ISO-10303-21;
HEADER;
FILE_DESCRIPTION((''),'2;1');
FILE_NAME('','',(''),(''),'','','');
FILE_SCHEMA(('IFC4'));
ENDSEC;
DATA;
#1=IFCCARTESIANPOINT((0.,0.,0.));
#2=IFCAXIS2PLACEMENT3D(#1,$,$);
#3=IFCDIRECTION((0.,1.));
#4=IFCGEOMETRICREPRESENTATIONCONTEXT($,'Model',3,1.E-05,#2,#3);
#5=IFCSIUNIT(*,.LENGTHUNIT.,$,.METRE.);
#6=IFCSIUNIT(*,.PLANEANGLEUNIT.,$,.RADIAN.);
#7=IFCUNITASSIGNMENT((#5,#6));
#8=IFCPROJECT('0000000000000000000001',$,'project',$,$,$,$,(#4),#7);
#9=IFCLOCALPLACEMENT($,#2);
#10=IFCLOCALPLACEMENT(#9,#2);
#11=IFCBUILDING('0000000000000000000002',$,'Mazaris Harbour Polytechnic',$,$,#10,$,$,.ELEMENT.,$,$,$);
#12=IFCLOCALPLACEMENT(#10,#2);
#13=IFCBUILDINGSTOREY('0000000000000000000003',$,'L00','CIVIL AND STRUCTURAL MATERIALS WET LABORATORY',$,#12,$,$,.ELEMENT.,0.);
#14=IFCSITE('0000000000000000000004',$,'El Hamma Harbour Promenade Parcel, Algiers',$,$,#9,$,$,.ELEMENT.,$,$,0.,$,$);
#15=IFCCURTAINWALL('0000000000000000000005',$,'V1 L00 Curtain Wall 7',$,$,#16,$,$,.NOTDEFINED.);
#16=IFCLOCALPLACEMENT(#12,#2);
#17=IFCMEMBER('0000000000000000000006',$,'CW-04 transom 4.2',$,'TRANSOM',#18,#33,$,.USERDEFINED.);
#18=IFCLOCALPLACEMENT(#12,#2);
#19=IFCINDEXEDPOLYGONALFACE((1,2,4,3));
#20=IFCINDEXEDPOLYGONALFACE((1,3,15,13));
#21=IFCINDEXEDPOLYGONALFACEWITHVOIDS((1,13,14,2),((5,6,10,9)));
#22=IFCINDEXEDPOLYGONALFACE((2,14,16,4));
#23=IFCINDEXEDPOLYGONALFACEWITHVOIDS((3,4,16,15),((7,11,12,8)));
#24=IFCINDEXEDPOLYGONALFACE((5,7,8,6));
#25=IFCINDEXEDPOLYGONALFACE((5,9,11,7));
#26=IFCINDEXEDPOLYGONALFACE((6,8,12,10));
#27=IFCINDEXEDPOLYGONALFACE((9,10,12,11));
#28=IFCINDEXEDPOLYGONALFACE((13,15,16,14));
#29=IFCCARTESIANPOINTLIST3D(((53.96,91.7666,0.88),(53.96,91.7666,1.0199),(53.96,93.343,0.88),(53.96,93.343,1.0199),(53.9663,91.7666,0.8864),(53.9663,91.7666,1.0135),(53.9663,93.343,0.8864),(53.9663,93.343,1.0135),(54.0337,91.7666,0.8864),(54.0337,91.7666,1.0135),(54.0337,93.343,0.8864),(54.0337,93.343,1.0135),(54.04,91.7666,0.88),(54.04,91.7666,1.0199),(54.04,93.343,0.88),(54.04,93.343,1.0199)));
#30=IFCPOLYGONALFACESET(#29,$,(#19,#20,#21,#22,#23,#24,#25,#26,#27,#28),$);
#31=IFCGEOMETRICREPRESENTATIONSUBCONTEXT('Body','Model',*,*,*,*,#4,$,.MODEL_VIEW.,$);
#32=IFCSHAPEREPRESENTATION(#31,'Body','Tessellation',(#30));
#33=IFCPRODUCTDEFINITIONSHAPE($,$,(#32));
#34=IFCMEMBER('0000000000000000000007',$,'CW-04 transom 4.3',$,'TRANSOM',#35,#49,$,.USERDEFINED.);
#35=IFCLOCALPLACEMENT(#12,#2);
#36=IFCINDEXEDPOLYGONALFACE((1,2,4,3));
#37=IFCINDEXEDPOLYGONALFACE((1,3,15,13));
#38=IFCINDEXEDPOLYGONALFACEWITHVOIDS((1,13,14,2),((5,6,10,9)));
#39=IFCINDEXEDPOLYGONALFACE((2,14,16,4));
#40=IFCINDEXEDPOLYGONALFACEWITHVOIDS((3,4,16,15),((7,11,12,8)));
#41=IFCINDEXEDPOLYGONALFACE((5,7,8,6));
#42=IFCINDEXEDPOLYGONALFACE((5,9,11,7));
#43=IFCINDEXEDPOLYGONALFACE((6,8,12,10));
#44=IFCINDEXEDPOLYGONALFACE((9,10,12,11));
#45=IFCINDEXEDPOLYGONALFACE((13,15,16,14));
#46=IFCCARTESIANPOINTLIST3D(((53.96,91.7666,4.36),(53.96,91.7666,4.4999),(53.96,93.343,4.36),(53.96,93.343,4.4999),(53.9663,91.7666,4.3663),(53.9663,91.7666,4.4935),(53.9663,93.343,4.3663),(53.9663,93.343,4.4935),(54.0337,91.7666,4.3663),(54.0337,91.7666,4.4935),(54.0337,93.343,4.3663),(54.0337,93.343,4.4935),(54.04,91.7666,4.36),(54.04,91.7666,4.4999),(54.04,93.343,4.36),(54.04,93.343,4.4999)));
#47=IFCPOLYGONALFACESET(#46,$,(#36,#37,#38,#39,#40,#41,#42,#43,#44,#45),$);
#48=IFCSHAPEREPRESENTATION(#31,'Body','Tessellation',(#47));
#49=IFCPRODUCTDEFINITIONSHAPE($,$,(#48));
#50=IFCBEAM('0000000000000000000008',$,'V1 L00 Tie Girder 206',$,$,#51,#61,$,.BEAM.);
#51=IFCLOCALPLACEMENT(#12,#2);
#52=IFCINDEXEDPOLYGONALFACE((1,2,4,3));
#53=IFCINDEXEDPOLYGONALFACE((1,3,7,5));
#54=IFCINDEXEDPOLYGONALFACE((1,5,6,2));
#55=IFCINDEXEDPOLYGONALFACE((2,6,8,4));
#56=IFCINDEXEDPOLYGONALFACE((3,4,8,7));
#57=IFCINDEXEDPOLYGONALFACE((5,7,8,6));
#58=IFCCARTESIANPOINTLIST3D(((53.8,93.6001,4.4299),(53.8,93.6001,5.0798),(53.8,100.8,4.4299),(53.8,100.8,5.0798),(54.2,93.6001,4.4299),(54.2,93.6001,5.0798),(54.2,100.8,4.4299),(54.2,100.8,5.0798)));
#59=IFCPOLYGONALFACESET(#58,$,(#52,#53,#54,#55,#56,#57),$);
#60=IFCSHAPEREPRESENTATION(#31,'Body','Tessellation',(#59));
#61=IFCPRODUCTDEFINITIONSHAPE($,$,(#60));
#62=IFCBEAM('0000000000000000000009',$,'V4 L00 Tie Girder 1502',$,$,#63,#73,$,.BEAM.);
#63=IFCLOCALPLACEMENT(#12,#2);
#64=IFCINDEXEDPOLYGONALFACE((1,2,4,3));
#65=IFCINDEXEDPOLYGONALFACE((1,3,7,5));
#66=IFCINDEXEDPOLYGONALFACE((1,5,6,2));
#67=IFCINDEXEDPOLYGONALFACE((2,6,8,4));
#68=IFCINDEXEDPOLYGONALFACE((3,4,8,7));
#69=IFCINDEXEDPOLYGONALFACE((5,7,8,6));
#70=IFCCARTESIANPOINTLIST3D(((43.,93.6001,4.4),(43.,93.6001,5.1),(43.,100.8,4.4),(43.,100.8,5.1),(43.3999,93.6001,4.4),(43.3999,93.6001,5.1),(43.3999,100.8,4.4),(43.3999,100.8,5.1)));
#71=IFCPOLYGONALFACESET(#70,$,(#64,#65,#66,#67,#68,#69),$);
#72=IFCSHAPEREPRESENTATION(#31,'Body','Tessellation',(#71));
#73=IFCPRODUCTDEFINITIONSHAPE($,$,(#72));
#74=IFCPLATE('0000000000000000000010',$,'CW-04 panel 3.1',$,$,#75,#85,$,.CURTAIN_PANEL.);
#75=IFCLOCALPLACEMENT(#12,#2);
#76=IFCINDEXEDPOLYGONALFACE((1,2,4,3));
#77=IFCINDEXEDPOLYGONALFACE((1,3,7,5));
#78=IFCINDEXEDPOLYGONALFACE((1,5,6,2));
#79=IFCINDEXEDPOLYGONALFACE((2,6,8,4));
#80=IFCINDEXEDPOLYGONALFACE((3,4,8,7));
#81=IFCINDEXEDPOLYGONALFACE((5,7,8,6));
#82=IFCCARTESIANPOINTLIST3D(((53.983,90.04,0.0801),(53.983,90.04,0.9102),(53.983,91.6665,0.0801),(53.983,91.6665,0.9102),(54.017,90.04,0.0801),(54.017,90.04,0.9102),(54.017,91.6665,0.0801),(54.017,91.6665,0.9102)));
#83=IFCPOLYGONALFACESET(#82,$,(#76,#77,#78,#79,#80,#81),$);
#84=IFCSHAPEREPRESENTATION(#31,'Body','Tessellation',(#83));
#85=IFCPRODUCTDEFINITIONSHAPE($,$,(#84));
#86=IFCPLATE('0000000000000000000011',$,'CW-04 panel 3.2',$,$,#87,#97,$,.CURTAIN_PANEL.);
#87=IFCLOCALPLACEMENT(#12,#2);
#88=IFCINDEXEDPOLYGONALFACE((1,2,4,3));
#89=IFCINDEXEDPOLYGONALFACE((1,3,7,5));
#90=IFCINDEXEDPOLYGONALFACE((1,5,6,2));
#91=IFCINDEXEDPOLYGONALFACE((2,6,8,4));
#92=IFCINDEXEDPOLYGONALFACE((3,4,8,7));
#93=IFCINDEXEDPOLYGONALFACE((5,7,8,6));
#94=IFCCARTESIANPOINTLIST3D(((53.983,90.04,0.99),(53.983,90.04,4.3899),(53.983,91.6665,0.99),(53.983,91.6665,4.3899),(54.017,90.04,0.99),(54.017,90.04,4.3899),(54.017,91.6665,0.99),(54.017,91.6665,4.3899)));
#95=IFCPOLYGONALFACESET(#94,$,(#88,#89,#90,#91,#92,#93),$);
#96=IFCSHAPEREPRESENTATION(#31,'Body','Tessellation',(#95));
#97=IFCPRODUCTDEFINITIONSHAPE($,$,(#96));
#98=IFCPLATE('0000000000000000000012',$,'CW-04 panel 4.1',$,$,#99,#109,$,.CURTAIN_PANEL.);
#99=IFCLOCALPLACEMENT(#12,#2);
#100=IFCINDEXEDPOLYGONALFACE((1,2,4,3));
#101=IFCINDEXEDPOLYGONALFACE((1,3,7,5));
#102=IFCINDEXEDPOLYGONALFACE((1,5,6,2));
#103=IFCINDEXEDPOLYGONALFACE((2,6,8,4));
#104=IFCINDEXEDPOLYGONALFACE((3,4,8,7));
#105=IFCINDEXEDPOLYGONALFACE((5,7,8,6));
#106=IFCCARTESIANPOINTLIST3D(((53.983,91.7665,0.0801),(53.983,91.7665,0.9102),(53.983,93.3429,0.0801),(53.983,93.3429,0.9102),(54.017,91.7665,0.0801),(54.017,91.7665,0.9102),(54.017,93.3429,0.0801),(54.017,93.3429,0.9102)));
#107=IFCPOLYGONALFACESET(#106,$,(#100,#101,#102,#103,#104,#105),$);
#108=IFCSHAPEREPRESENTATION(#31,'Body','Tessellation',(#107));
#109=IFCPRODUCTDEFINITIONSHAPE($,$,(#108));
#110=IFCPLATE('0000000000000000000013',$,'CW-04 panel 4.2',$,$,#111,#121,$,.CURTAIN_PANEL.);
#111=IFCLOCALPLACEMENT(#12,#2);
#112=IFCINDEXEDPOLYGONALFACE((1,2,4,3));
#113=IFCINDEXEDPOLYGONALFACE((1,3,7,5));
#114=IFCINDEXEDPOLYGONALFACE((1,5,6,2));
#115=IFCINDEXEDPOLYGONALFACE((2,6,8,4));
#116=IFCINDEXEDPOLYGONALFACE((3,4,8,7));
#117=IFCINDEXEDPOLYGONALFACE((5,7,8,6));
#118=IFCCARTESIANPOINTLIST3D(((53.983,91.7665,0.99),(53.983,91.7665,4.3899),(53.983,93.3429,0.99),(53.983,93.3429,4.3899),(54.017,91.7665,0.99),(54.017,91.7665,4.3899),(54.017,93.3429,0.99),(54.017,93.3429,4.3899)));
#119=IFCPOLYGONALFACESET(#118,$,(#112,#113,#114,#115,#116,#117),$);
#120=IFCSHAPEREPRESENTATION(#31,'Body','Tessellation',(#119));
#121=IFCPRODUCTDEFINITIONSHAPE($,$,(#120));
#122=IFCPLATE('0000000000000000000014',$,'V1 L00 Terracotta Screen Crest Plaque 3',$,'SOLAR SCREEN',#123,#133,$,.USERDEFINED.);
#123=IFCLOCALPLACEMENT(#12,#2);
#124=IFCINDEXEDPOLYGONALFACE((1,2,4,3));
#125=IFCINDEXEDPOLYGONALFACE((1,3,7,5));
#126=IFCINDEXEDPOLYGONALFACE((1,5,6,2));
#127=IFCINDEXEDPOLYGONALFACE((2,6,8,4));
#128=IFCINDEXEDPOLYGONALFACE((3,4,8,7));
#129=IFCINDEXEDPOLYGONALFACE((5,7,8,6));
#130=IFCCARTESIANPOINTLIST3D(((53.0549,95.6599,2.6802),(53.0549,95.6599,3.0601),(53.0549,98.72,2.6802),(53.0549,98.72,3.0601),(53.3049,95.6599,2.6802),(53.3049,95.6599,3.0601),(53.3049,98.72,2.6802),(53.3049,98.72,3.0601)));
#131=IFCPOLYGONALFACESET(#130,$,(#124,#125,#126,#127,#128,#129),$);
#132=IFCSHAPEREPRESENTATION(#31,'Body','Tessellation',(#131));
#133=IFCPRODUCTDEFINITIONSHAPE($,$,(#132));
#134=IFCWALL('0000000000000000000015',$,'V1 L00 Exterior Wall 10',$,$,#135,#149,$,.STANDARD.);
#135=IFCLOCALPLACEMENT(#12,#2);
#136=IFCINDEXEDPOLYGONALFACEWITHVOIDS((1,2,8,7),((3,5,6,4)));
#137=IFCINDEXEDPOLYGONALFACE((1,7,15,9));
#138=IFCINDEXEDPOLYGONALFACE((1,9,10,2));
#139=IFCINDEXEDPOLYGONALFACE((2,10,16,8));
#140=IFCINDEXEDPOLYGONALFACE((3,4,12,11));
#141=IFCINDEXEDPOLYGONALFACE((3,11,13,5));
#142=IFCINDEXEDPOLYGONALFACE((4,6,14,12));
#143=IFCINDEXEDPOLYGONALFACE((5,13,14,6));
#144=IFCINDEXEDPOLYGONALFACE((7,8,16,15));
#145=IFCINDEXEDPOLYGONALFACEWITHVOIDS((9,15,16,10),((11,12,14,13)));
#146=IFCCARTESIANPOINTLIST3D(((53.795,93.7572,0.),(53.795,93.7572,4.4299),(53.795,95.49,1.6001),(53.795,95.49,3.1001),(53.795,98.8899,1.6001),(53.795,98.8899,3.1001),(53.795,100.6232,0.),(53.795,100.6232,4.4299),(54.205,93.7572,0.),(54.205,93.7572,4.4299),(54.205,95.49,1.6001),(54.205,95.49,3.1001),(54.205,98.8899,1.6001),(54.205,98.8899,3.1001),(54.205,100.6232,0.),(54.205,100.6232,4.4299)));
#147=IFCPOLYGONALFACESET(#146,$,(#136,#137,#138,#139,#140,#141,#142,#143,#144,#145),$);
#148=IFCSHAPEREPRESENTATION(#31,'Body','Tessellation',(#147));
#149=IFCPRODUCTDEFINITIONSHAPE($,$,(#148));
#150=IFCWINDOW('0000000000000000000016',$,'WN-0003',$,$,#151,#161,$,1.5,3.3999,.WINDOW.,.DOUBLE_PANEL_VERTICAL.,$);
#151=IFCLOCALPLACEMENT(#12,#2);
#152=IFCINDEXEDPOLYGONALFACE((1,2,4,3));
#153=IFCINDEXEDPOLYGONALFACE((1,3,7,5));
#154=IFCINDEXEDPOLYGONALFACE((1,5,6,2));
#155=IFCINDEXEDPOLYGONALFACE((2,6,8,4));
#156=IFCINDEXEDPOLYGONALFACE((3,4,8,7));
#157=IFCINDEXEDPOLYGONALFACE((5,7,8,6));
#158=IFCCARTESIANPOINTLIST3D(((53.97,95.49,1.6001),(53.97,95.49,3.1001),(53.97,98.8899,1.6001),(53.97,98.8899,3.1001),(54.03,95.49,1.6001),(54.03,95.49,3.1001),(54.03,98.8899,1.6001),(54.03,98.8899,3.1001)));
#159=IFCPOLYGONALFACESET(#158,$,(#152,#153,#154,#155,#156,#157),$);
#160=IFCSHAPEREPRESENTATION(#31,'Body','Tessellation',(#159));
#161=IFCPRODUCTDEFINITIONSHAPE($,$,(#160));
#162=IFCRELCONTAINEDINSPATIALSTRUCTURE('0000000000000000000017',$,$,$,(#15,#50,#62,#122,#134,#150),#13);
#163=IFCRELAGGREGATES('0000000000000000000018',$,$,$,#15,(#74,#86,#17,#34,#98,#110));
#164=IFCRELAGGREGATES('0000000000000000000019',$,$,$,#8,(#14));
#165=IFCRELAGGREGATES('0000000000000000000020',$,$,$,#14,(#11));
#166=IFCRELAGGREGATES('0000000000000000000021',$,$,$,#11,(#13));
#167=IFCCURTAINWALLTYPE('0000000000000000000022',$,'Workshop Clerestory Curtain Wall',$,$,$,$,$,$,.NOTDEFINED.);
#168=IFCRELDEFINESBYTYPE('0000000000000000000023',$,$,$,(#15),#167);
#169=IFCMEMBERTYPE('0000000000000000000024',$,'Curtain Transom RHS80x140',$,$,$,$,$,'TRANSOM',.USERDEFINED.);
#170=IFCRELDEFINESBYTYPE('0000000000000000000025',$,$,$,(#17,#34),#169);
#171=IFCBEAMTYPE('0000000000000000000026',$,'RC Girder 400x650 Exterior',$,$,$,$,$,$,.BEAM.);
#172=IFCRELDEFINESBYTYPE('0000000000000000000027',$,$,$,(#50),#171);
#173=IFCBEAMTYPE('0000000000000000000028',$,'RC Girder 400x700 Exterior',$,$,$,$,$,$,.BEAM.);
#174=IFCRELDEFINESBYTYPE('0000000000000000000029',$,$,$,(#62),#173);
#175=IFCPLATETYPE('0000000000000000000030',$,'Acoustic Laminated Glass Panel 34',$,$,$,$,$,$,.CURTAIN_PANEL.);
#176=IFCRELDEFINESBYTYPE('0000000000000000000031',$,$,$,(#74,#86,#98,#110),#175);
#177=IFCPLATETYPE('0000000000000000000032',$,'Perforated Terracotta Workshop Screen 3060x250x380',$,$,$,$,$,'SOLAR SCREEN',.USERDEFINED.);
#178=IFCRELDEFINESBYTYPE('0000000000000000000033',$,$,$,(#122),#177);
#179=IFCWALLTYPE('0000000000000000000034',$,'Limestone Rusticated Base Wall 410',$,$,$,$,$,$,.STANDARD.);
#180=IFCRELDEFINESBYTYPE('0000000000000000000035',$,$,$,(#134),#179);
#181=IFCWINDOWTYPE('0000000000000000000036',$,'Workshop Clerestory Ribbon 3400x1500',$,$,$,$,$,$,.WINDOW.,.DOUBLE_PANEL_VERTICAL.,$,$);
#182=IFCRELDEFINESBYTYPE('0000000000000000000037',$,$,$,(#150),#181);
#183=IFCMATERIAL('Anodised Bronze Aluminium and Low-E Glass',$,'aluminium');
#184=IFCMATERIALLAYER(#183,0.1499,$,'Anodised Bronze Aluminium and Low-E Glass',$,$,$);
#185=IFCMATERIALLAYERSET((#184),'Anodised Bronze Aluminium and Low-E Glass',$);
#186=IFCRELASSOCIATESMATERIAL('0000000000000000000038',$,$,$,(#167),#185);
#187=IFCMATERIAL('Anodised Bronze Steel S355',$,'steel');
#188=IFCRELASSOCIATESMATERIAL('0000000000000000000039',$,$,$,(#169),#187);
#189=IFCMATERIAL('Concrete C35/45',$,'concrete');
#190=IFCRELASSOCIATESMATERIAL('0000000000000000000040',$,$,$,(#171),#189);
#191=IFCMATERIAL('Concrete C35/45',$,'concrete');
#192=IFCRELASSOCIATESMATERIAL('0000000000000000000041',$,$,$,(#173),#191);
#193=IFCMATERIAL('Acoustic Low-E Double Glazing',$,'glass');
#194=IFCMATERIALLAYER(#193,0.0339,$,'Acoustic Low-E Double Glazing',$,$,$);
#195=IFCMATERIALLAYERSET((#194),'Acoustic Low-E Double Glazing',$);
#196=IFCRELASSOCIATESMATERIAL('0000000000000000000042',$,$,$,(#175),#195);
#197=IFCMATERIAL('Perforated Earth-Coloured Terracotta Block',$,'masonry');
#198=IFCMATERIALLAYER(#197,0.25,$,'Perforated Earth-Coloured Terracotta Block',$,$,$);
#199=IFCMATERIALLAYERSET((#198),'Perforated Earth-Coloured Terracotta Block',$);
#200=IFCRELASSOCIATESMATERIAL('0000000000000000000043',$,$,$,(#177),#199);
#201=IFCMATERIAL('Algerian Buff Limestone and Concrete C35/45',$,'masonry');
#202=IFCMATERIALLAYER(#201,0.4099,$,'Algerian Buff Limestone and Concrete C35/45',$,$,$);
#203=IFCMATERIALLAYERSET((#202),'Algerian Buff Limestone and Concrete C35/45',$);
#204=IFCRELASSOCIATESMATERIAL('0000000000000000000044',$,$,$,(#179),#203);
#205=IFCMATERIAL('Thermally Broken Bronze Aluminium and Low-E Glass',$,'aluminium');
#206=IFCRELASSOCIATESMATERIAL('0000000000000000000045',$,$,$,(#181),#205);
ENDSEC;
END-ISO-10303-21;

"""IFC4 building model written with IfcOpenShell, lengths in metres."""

from ifc_helpers import new_model, si_unit, direction, frame, frame_2d, origin, origin_2d, place, context, subcontext, project, spatial, rectangle, hollow_rectangle, extrude, material, layer, layer_set, material_profile, profile_set, type_object, element, fill, aggregate, save


model = new_model("IFC4")

# Units and contexts
model_context = context("Model", 3, precision=1e-05, world=origin(), true_north=direction((0.0, 1.0)))
body_context = subcontext(model_context, "Body", "Model", "MODEL_VIEW")
ifc_project = project(units=[si_unit("LENGTHUNIT", "METRE"), si_unit("PLANEANGLEUNIT", "RADIAN")], contexts=[model_context])

# Site, building, storey
site_placement = place(None, origin())
site = spatial("IfcSite", under=ifc_project, at=site_placement, Name="El Hamma Harbour Promenade Parcel, Algiers", CompositionType="ELEMENT", RefElevation=0.0)
building_placement = place(site_placement, origin())
building = spatial("IfcBuilding", under=site, at=building_placement, Name="Mazaris Harbour Polytechnic", CompositionType="ELEMENT")
storey_placement = place(building_placement, origin())
storey = spatial("IfcBuildingStorey", under=building, at=storey_placement, Name="L00", Description="CIVIL AND STRUCTURAL MATERIALS WET LABORATORY", CompositionType="ELEMENT", Elevation=0.0)

# Curtain wall, members
ifc_material_1 = material(Name="Anodised Bronze Aluminium and Low-E Glass", Category="aluminium")
ifc_layer_1 = layer(ifc_material_1, 0.1499, Name="Anodised Bronze Aluminium and Low-E Glass")
ifc_layer_set_1 = layer_set([ifc_layer_1], Name="Anodised Bronze Aluminium and Low-E Glass")
curtain_wall_type = type_object("IfcCurtainWallType", Name="Workshop Clerestory Curtain Wall", PredefinedType="NOTDEFINED", material=ifc_layer_set_1)
curtain_wall_placement = place(storey_placement, origin())
curtain_wall = element("IfcCurtainWall", 1, at=curtain_wall_placement, inside=storey, type_object=curtain_wall_type, Name="V1 L00 Curtain Wall 7", PredefinedType="NOTDEFINED")
ifc_material_2 = material(Name="Anodised Bronze Steel S355", Category="steel")
ifc_material_profile_1 = material_profile(ifc_material_2, hollow_rectangle(XDim=0.0801, YDim=0.1399, WallThickness=0.0063, at=origin_2d()), Name="RHS 80x140x6.3")
ifc_profile_set_1 = profile_set([ifc_material_profile_1], Name="Anodised Bronze Steel S355")
member_type_1 = type_object("IfcMemberType", Name="Curtain Transom RHS80x140", ElementType="TRANSOM", PredefinedType="USERDEFINED", material=ifc_profile_set_1)
member_1_placement = place(storey_placement, frame((54.0, 91.7666, 0.95), z_axis=(0.0, 1.0, 0.0), x_axis=(-1.0, 0.0, 0.0)))
member_1 = element("IfcMember", 2, at=member_1_placement, type_object=member_type_1, Name="CW-04 transom 4.2", ObjectType="TRANSOM", PredefinedType="USERDEFINED", context=body_context, shape_type="SweptSolid", body=[
    extrude(hollow_rectangle(XDim=0.0801, YDim=0.1399, WallThickness=0.0063, at=origin_2d()), origin(), (0.0, 0.0, 1.0), 1.5764),
])
member_2_placement = place(storey_placement, frame((54.0, 91.7666, 4.4299), z_axis=(0.0, 1.0, 0.0), x_axis=(-1.0, 0.0, 0.0)))
member_2 = element("IfcMember", 3, at=member_2_placement, type_object=member_type_1, Name="CW-04 transom 4.3", ObjectType="TRANSOM", PredefinedType="USERDEFINED", context=body_context, shape_type="SweptSolid", body=[
    extrude(hollow_rectangle(XDim=0.0801, YDim=0.1399, WallThickness=0.0063, at=origin_2d()), origin(), (0.0, 0.0, 1.0), 1.5764),
])

# Beams
ifc_material_3 = material(Name="Concrete C35/45", Category="concrete")
ifc_material_profile_2 = material_profile(ifc_material_3, rectangle(XDim=0.3999, YDim=0.6499, at=origin_2d()), Name="RECT400x650")
ifc_profile_set_2 = profile_set([ifc_material_profile_2], Name="Concrete C35/45")
beam_type_1 = type_object("IfcBeamType", Name="RC Girder 400x650 Exterior", PredefinedType="BEAM", material=ifc_profile_set_2)
beam_1_placement = place(storey_placement, frame((54.0, 93.6001, 4.7549), z_axis=(0.0, 1.0, 0.0), x_axis=(-1.0, 0.0, 0.0)))
element("IfcBeam", 4, at=beam_1_placement, inside=storey, type_object=beam_type_1, Name="V1 L00 Tie Girder 206", PredefinedType="BEAM", context=body_context, shape_type="SweptSolid", body=[
    extrude(rectangle(XDim=0.3999, YDim=0.6499, at=origin_2d()), origin(), (0.0, 0.0, 1.0), 7.2),
])
ifc_material_4 = material(Name="Concrete C35/45", Category="concrete")
ifc_material_profile_3 = material_profile(ifc_material_4, rectangle(XDim=0.3999, YDim=0.7, at=origin_2d()), Name="RECT400x700")
ifc_profile_set_3 = profile_set([ifc_material_profile_3], Name="Concrete C35/45")
beam_type_2 = type_object("IfcBeamType", Name="RC Girder 400x700 Exterior", PredefinedType="BEAM", material=ifc_profile_set_3)
beam_2_placement = place(storey_placement, frame((43.2, 93.6001, 4.75), z_axis=(0.0, 1.0, 0.0), x_axis=(-1.0, 0.0, 0.0)))
element("IfcBeam", 5, at=beam_2_placement, inside=storey, type_object=beam_type_2, Name="V4 L00 Tie Girder 1502", PredefinedType="BEAM", context=body_context, shape_type="SweptSolid", body=[
    extrude(rectangle(XDim=0.3999, YDim=0.7, at=origin_2d()), origin(), (0.0, 0.0, 1.0), 7.2),
])

# Plates
ifc_material_5 = material(Name="Acoustic Low-E Double Glazing", Category="glass")
ifc_layer_2 = layer(ifc_material_5, 0.0339, Name="Acoustic Low-E Double Glazing")
ifc_layer_set_2 = layer_set([ifc_layer_2], Name="Acoustic Low-E Double Glazing")
plate_type_1 = type_object("IfcPlateType", Name="Acoustic Laminated Glass Panel 34", PredefinedType="CURTAIN_PANEL", material=ifc_layer_set_2)
plate_1_placement = place(storey_placement, frame((54.0, 90.8533, 0.0801), z_axis=(0.0, 0.0, 1.0), x_axis=(0.0, 1.0, 0.0)))
plate_1 = element("IfcPlate", 6, at=plate_1_placement, type_object=plate_type_1, Name="CW-04 panel 3.1", PredefinedType="CURTAIN_PANEL", context=body_context, shape_type="SweptSolid", body=[
    extrude(rectangle(XDim=1.6265, YDim=0.0339, at=origin_2d()), origin(), (0.0, 0.0, 1.0), 0.8301),
])
plate_2_placement = place(storey_placement, frame((54.0, 90.8533, 0.99), z_axis=(0.0, 0.0, 1.0), x_axis=(0.0, 1.0, 0.0)))
plate_2 = element("IfcPlate", 7, at=plate_2_placement, type_object=plate_type_1, Name="CW-04 panel 3.2", PredefinedType="CURTAIN_PANEL", context=body_context, shape_type="SweptSolid", body=[
    extrude(rectangle(XDim=1.6265, YDim=0.0339, at=origin_2d()), origin(), (0.0, 0.0, 1.0), 3.3999),
])
plate_3_placement = place(storey_placement, frame((54.0, 92.5547, 0.0801), z_axis=(0.0, 0.0, 1.0), x_axis=(0.0, 1.0, 0.0)))
plate_3 = element("IfcPlate", 8, at=plate_3_placement, type_object=plate_type_1, Name="CW-04 panel 4.1", PredefinedType="CURTAIN_PANEL", context=body_context, shape_type="SweptSolid", body=[
    extrude(rectangle(XDim=1.5764, YDim=0.0339, at=origin_2d()), origin(), (0.0, 0.0, 1.0), 0.8301),
])
plate_4_placement = place(storey_placement, frame((54.0, 92.5547, 0.99), z_axis=(0.0, 0.0, 1.0), x_axis=(0.0, 1.0, 0.0)))
plate_4 = element("IfcPlate", 9, at=plate_4_placement, type_object=plate_type_1, Name="CW-04 panel 4.2", PredefinedType="CURTAIN_PANEL", context=body_context, shape_type="SweptSolid", body=[
    extrude(rectangle(XDim=1.5764, YDim=0.0339, at=origin_2d()), origin(), (0.0, 0.0, 1.0), 3.3999),
])
aggregate(curtain_wall, [plate_1, plate_2, member_1, member_2, plate_3, plate_4])
ifc_material_6 = material(Name="Perforated Earth-Coloured Terracotta Block", Category="masonry")
ifc_layer_3 = layer(ifc_material_6, 0.25, Name="Perforated Earth-Coloured Terracotta Block")
ifc_layer_set_3 = layer_set([ifc_layer_3], Name="Perforated Earth-Coloured Terracotta Block")
plate_type_2 = type_object("IfcPlateType", Name="Perforated Terracotta Workshop Screen 3060x250x380", ElementType="SOLAR SCREEN", PredefinedType="USERDEFINED", material=ifc_layer_set_3)
plate_5_placement = place(storey_placement, frame((53.1799, 97.1899, 2.6802), z_axis=(0.0, 0.0, 1.0), x_axis=(0.0, 1.0, 0.0)))
element("IfcPlate", 10, at=plate_5_placement, inside=storey, type_object=plate_type_2, Name="V1 L00 Terracotta Screen Crest Plaque 3", ObjectType="SOLAR SCREEN", PredefinedType="USERDEFINED", context=body_context, shape_type="SweptSolid", body=[
    extrude(rectangle(XDim=3.0601, YDim=0.25, at=origin_2d()), origin(), (0.0, 0.0, 1.0), 0.3799),
])

# Wall, opening, window
ifc_material_7 = material(Name="Algerian Buff Limestone and Concrete C35/45", Category="masonry")
ifc_layer_4 = layer(ifc_material_7, 0.4099, Name="Algerian Buff Limestone and Concrete C35/45")
ifc_layer_set_4 = layer_set([ifc_layer_4], Name="Algerian Buff Limestone and Concrete C35/45")
wall_type = type_object("IfcWallType", Name="Limestone Rusticated Base Wall 410", PredefinedType="STANDARD", material=ifc_layer_set_4)
wall_1_placement = place(storey_placement, frame((54.0, 93.7571, 0.0), z_axis=(0.0, 0.0, 1.0), x_axis=(0.0, 1.0, 0.0)))
wall_1 = element("IfcWall", 11, at=wall_1_placement, inside=storey, type_object=wall_type, Name="V1 L00 Exterior Wall 10", PredefinedType="STANDARD", context=body_context, shape_type="SweptSolid", body=[
    extrude(rectangle(XDim=6.866, YDim=0.4099, at=frame_2d((3.4331, 0.0))), origin(), (0.0, 0.0, 1.0), 4.4299),
])
opening_1_placement = place(wall_1_placement, frame((1.7329, 0.0, 1.6001)))
opening_1 = element("IfcOpeningElement", 12, at=opening_1_placement, cuts=wall_1, PredefinedType="OPENING", context=body_context, shape_type="SweptSolid", body=[
    extrude(rectangle(XDim=3.3999, YDim=1.5, at=frame_2d((1.7, 0.75))), frame((0.0, 0.2148, 0.0), z_axis=(0.0, -1.0, 0.0), x_axis=(1.0, 0.0, 0.0)), (0.0, 0.0, 1.0), 0.4299),
])
ifc_material_8 = material(Name="Thermally Broken Bronze Aluminium and Low-E Glass", Category="aluminium")
window_type = type_object("IfcWindowType", Name="Workshop Clerestory Ribbon 3400x1500", PartitioningType="DOUBLE_PANEL_VERTICAL", PredefinedType="WINDOW", material=ifc_material_8)
window_placement = place(opening_1_placement, origin())
window = element("IfcWindow", 13, at=window_placement, inside=storey, type_object=window_type, Name="WN-0003", OverallHeight=1.5, OverallWidth=3.3999, PartitioningType="DOUBLE_PANEL_VERTICAL", PredefinedType="WINDOW", context=body_context, shape_type="SweptSolid", body=[
    extrude(rectangle(XDim=3.3999, YDim=1.5, at=frame_2d((1.7, 0.75))), frame((0.0, 0.03, 0.0), z_axis=(0.0, -1.0, 0.0), x_axis=(1.0, 0.0, 0.0)), (0.0, 0.0, 1.0), 0.0601),
])
fill(opening_1, window)

save(model, "model.ifc")
